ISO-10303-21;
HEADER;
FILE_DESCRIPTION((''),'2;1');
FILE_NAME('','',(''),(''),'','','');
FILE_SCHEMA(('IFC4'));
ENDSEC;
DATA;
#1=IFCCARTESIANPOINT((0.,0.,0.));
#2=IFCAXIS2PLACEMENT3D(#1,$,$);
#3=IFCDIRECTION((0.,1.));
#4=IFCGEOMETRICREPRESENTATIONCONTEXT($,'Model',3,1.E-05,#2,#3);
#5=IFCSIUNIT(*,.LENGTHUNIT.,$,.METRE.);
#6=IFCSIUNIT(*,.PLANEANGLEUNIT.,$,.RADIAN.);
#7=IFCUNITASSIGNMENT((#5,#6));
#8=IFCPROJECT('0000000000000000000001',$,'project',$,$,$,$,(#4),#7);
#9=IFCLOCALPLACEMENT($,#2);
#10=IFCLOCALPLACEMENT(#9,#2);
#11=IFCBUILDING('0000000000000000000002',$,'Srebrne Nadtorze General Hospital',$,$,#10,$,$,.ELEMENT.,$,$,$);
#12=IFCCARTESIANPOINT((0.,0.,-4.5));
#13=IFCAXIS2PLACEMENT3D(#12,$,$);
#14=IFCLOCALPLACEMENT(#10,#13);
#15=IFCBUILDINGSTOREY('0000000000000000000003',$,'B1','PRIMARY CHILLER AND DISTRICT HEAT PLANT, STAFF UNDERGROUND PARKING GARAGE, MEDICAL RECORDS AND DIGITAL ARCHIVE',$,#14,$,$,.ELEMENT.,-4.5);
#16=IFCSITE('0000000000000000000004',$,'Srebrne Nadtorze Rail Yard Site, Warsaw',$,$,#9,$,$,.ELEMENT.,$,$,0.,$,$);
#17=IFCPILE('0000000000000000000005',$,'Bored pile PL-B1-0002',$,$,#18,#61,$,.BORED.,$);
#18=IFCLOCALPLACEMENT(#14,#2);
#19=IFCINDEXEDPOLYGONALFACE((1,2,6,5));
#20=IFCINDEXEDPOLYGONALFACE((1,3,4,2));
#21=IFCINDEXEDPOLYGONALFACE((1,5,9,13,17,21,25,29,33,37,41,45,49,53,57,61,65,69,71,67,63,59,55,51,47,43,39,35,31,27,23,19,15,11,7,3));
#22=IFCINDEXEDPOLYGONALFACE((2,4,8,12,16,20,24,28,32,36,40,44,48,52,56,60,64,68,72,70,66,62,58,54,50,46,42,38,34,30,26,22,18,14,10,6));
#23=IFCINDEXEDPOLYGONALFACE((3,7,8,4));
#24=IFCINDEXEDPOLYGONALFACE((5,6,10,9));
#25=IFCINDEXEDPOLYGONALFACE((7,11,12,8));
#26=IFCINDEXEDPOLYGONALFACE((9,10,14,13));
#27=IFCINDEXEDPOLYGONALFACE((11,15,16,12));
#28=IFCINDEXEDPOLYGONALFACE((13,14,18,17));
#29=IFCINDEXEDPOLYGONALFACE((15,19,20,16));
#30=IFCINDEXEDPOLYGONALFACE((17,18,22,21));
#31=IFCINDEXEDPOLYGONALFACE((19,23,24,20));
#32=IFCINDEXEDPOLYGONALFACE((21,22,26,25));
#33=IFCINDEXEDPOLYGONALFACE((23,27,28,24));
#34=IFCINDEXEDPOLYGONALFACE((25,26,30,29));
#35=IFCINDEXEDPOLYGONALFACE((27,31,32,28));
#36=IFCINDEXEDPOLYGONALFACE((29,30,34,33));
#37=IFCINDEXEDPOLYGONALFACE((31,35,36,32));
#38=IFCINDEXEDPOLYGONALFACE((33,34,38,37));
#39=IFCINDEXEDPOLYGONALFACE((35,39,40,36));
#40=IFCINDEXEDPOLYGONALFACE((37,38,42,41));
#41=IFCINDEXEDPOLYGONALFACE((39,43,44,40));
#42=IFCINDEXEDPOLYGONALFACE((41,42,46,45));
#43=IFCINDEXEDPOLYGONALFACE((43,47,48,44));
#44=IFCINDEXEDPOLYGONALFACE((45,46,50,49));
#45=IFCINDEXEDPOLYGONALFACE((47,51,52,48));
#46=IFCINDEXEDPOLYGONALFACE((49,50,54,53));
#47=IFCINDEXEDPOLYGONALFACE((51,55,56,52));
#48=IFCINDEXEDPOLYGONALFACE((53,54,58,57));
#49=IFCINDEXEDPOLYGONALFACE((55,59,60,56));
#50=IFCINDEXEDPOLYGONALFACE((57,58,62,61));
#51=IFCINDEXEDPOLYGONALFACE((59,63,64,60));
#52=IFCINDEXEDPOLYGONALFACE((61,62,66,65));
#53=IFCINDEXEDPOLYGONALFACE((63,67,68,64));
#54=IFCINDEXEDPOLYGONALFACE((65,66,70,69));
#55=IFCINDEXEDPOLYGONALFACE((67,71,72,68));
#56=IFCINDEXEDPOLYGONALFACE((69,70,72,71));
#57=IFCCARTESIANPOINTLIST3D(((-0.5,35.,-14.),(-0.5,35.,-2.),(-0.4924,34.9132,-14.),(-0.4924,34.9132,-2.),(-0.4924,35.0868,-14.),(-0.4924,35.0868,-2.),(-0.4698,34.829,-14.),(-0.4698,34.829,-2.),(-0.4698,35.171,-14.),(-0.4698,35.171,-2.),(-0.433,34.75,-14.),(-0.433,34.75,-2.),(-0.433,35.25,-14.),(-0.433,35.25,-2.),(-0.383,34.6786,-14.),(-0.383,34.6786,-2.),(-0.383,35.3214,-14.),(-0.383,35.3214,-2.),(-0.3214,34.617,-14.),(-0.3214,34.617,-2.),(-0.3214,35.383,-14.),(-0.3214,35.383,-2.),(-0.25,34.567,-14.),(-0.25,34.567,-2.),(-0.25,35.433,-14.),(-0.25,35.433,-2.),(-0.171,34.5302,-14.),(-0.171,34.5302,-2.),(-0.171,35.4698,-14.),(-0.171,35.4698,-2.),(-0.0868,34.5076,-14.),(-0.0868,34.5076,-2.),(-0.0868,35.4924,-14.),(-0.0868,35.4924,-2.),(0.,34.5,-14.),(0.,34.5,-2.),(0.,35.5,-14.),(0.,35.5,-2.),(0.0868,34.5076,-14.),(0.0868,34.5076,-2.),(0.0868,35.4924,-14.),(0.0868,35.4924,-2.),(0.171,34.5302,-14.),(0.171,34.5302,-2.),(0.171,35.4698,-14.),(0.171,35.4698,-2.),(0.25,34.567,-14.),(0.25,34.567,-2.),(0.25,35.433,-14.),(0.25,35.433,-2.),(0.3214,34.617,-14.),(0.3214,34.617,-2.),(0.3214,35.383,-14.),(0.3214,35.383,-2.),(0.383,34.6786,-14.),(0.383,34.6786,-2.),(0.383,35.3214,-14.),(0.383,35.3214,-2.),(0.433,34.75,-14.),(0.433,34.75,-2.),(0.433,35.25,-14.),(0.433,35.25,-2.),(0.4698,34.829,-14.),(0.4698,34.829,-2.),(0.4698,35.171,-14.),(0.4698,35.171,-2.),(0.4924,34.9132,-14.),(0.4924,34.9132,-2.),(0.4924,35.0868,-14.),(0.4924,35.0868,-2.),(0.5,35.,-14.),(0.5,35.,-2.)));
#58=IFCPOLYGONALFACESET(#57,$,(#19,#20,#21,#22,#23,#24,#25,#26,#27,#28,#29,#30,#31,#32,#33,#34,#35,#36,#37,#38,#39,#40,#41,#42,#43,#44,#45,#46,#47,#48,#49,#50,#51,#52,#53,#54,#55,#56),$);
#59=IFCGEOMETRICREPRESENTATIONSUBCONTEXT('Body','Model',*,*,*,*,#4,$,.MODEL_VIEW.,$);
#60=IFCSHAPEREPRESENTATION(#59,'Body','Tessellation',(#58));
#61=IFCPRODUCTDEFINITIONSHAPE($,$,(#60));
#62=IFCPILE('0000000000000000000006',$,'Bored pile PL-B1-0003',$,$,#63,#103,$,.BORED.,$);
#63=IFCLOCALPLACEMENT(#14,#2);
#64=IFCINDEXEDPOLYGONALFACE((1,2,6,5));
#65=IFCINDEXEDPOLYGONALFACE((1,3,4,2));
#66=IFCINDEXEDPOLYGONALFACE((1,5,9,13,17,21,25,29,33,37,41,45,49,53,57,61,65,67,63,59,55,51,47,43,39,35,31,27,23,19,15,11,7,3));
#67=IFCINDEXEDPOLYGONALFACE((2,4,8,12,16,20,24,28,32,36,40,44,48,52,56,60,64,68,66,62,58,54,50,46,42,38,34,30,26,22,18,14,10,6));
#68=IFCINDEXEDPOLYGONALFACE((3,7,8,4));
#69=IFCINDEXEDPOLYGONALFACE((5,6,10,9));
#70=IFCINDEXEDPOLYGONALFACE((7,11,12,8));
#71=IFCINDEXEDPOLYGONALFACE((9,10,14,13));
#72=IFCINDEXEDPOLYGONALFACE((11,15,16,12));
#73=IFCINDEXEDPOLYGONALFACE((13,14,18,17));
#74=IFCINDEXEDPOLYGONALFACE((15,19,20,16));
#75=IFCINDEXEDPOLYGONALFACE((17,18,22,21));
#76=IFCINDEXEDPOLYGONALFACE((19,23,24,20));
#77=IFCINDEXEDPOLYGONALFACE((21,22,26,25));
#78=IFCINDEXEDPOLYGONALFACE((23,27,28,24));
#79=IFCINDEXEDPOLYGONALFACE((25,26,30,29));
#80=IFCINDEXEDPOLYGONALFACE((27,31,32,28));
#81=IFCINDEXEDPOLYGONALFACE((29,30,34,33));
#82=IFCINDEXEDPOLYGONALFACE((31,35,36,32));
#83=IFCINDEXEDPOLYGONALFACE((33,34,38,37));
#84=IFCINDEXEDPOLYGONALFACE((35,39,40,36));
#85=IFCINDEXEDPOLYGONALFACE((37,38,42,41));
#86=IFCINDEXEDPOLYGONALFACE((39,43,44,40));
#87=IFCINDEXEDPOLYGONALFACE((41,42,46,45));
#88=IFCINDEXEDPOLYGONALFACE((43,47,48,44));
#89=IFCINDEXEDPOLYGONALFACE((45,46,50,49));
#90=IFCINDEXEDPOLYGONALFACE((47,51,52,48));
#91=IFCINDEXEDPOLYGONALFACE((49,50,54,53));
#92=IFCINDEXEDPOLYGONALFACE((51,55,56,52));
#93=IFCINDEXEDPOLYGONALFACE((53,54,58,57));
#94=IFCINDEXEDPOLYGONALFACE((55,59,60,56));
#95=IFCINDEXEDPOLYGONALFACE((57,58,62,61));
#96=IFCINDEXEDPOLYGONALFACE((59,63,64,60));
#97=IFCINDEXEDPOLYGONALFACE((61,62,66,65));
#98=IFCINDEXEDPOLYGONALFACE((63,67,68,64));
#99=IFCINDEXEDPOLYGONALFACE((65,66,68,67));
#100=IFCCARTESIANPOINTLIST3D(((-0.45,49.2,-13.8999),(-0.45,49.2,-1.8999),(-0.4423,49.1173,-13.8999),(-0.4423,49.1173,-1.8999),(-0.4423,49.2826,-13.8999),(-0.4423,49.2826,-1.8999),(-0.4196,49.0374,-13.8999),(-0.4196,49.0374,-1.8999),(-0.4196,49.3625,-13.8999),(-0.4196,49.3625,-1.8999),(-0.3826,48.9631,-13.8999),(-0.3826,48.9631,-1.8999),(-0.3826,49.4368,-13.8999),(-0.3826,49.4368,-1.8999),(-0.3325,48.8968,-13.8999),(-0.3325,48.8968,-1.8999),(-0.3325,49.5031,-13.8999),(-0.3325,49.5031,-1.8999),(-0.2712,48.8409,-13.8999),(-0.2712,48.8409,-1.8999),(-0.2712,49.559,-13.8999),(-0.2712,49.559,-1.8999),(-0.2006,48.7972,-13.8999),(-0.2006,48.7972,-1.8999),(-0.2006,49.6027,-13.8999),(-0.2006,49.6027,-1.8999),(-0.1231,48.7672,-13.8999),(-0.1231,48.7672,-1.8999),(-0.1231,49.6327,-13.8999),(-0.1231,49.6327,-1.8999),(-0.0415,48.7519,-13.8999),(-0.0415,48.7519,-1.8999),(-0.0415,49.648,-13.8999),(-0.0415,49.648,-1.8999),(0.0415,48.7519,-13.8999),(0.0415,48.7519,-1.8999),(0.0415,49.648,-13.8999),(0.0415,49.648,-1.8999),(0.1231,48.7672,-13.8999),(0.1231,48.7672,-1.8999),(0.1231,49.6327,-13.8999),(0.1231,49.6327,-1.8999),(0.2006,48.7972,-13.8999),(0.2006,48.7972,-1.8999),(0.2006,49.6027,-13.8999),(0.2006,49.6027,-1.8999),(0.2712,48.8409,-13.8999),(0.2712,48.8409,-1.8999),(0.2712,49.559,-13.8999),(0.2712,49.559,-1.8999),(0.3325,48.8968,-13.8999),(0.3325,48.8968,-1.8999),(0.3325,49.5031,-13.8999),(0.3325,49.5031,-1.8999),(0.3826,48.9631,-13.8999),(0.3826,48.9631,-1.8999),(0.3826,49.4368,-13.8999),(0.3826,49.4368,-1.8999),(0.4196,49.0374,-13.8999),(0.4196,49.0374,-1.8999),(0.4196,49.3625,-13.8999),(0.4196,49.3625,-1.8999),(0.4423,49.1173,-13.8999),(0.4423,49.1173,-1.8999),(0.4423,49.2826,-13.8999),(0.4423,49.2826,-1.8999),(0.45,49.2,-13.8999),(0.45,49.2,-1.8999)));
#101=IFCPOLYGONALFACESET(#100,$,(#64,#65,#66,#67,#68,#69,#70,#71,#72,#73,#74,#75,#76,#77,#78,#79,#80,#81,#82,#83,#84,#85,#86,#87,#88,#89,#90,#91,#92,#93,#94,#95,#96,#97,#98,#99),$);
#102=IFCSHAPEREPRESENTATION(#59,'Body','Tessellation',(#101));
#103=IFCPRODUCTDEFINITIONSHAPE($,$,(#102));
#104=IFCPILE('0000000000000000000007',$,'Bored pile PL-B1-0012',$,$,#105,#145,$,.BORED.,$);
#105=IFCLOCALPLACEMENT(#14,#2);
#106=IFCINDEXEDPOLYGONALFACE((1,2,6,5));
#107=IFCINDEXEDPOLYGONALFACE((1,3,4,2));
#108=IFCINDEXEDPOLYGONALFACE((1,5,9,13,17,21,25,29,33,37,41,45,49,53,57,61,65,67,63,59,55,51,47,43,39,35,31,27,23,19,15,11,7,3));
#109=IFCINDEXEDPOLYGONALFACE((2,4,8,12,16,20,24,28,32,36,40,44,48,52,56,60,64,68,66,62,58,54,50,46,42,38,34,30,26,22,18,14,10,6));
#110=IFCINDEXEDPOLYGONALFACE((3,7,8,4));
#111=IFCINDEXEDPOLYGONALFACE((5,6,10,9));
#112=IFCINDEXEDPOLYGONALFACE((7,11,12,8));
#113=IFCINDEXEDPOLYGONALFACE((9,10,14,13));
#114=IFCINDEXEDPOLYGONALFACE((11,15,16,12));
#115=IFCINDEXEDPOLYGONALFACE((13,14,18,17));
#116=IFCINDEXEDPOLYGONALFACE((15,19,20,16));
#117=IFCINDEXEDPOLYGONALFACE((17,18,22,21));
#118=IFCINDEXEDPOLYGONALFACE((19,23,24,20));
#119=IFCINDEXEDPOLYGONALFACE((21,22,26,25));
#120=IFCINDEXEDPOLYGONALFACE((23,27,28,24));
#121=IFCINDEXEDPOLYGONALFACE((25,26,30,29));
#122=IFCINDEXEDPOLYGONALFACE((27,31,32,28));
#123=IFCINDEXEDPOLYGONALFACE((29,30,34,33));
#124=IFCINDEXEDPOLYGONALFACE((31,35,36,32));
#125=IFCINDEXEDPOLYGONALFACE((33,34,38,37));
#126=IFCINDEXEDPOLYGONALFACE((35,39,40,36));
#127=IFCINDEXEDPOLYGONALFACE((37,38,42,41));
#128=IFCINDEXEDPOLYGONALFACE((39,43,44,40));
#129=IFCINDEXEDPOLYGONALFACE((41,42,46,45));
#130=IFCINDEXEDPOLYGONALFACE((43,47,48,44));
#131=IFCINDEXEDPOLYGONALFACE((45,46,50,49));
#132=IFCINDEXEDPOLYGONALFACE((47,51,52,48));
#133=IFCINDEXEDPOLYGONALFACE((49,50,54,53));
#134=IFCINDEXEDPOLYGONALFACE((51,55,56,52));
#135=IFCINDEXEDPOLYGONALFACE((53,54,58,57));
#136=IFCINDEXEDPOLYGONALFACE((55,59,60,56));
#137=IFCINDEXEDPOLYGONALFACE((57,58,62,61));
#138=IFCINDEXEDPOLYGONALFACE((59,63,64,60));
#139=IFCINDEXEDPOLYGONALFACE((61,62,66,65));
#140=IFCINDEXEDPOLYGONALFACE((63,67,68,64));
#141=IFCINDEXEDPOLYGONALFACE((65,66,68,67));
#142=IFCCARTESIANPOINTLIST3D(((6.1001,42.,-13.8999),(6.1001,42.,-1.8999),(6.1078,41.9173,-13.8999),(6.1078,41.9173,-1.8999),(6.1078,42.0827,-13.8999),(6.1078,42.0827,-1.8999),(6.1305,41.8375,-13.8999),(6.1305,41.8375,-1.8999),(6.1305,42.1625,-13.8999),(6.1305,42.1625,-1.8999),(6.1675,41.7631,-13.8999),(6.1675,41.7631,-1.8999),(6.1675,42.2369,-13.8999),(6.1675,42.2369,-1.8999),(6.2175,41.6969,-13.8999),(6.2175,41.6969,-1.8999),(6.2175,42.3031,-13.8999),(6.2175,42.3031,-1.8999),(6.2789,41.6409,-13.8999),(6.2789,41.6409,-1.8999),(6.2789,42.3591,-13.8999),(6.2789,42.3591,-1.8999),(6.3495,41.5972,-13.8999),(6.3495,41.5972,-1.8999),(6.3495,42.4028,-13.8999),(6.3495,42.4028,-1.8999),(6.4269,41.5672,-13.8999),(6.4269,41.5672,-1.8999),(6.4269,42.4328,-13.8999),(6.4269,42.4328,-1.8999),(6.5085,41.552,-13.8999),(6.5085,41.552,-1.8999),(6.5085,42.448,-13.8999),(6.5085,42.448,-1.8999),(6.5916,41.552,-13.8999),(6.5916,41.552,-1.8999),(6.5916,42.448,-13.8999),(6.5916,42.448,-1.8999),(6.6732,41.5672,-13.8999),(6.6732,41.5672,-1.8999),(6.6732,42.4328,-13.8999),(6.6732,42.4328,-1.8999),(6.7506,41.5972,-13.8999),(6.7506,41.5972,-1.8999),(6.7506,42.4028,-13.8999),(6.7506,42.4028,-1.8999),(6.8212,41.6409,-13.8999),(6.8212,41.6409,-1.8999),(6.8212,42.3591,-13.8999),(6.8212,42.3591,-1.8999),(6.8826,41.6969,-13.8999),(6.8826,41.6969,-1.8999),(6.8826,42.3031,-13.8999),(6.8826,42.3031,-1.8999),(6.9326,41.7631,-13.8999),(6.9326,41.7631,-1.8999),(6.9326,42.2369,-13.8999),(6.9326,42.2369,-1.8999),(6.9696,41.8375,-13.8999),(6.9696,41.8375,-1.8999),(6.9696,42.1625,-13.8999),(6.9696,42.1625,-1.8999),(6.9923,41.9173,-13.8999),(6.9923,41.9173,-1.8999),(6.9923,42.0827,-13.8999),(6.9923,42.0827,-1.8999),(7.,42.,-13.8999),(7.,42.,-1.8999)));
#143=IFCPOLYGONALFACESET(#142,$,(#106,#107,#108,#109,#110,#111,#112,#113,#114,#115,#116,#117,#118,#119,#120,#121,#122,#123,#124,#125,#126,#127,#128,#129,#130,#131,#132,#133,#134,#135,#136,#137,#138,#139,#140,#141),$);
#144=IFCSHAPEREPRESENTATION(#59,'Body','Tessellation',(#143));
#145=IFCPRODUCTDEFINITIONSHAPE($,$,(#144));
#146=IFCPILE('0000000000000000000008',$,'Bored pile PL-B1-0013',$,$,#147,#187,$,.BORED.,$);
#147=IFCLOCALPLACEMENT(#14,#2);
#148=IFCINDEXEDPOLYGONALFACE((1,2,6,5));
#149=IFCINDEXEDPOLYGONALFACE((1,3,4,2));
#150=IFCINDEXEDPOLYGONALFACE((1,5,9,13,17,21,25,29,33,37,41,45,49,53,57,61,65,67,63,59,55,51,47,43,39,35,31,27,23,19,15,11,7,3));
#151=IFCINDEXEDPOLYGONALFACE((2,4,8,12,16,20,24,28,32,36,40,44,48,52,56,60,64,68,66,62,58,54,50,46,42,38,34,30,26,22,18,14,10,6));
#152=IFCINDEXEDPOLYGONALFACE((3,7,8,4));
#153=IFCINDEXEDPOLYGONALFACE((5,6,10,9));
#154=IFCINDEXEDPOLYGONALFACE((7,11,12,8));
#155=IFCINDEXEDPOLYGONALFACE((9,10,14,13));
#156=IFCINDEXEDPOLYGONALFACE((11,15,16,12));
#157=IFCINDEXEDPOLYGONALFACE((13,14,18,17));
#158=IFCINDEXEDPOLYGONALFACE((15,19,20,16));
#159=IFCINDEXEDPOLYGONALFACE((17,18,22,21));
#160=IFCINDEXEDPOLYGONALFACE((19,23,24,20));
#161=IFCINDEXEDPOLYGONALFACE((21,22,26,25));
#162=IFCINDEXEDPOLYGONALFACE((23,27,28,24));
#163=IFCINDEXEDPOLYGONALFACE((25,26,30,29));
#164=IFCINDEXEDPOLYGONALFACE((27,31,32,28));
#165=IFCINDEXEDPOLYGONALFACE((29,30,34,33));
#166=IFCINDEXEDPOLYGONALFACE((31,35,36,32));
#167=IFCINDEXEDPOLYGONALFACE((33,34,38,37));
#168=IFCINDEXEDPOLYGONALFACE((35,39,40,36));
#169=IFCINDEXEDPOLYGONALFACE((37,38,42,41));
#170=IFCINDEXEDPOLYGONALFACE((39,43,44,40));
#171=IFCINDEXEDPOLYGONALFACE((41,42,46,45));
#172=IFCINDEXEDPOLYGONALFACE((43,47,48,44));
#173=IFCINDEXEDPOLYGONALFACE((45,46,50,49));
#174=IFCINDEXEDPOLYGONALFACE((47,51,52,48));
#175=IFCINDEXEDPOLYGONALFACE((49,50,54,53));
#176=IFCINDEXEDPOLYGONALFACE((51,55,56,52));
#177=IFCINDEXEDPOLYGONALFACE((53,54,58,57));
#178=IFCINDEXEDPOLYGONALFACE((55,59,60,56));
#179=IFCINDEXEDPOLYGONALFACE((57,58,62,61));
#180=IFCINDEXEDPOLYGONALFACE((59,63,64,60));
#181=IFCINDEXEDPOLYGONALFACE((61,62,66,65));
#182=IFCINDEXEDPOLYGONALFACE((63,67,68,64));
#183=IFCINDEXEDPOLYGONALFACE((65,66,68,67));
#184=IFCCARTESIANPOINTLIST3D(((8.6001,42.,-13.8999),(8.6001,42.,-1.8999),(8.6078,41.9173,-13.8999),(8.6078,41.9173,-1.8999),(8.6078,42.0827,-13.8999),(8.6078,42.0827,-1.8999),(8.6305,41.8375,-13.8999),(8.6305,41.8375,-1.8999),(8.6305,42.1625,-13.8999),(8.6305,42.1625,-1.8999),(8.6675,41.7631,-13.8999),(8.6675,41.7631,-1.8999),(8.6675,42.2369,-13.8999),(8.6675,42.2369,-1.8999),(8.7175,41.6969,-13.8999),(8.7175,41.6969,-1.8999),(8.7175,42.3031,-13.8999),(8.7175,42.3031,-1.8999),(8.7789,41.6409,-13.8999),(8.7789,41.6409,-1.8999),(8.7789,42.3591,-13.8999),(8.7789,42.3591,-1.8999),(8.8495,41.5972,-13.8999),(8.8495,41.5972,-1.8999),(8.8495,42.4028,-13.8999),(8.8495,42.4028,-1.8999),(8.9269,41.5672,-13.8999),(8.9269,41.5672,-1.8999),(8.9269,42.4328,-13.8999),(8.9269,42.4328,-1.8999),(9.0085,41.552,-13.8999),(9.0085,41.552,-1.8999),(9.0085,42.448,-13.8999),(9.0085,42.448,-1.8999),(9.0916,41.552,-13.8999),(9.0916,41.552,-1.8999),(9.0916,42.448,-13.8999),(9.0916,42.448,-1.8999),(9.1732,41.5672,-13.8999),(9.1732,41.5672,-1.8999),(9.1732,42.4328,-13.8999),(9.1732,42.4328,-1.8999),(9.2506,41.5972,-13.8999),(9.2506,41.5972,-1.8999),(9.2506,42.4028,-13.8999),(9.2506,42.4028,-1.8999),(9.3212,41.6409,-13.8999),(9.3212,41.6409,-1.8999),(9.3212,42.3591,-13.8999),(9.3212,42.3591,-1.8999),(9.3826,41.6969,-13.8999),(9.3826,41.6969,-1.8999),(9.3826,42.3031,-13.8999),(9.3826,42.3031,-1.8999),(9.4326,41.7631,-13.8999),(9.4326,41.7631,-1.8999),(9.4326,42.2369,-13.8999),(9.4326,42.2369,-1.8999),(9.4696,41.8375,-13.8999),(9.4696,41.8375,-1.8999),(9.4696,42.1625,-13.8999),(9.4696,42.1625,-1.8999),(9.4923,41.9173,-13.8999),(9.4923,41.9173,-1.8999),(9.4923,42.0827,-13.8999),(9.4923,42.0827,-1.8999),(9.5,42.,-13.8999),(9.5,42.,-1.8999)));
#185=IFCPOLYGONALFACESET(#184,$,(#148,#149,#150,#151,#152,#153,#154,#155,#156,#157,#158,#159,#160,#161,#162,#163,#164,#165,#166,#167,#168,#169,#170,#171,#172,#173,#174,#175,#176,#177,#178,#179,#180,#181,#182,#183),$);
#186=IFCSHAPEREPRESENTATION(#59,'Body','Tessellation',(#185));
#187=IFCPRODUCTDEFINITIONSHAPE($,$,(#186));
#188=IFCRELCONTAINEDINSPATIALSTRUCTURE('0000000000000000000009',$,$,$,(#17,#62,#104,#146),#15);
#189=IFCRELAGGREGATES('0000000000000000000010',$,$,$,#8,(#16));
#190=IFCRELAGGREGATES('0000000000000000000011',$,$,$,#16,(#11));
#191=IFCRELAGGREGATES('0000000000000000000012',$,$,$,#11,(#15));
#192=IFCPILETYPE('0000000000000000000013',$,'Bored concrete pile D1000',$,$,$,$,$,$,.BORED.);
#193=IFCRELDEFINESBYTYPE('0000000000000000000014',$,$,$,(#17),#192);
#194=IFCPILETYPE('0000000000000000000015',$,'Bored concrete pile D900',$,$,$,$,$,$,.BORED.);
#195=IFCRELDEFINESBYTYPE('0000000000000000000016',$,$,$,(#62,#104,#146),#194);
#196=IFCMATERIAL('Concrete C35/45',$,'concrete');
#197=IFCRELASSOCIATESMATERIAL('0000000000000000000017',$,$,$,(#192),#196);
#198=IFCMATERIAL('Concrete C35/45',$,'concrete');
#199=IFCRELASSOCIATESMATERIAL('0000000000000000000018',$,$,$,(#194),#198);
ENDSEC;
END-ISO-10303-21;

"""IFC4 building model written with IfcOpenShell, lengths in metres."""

from ifc_helpers import new_model, si_unit, direction, frame, origin, origin_2d, place, context, subcontext, project, spatial, circle, extrude, material, material_profile, profile_set, type_object, element, save


model = new_model("IFC4")

# Units and contexts
model_context = context("Model", 3, precision=1e-05, world=origin(), true_north=direction((0.0, 1.0)))
body_context = subcontext(model_context, "Body", "Model", "MODEL_VIEW")
ifc_project = project(units=[si_unit("LENGTHUNIT", "METRE"), si_unit("PLANEANGLEUNIT", "RADIAN")], contexts=[model_context])

# Site, building, storey
site_placement = place(None, origin())
site = spatial("IfcSite", under=ifc_project, at=site_placement, Name="Srebrne Nadtorze Rail Yard Site, Warsaw", CompositionType="ELEMENT", RefElevation=0.0)
building_placement = place(site_placement, origin())
building = spatial("IfcBuilding", under=site, at=building_placement, Name="Srebrne Nadtorze General Hospital", CompositionType="ELEMENT")
storey_placement = place(building_placement, frame((0.0, 0.0, -4.5)))
storey = spatial("IfcBuildingStorey", under=building, at=storey_placement, Name="B1", Description="PRIMARY CHILLER AND DISTRICT HEAT PLANT, STAFF UNDERGROUND PARKING GARAGE, MEDICAL RECORDS AND DIGITAL ARCHIVE", CompositionType="ELEMENT", Elevation=-4.5)

# Piles
ifc_material_1 = material(Name="Concrete C35/45", Category="concrete")
ifc_material_profile_1 = material_profile(ifc_material_1, circle(Radius=0.5, at=origin_2d()), Name="PILE-D1000")
ifc_profile_set_1 = profile_set([ifc_material_profile_1], Name="Concrete C35/45")
pile_type_1 = type_object("IfcPileType", Name="Bored concrete pile D1000", PredefinedType="BORED", material=ifc_profile_set_1)
pile_placement = place(storey_placement, frame((0.0, 35.0, -2.0), z_axis=(0.0, 0.0, -1.0), x_axis=(1.0, 0.0, 0.0)))
element("IfcPile", 1, at=pile_placement, inside=storey, type_object=pile_type_1, Name="Bored pile PL-B1-0002", PredefinedType="BORED", context=body_context, shape_type="SweptSolid", body=[
    extrude(circle(Radius=0.5, at=origin_2d()), origin(), (0.0, 0.0, 1.0), 12.0),
])
ifc_material_2 = material(Name="Concrete C35/45", Category="concrete")
ifc_material_profile_2 = material_profile(ifc_material_2, circle(Radius=0.45, at=origin_2d()), Name="PILE-D900")
ifc_profile_set_2 = profile_set([ifc_material_profile_2], Name="Concrete C35/45")
pile_type_2 = type_object("IfcPileType", Name="Bored concrete pile D900", PredefinedType="BORED", material=ifc_profile_set_2)
for number, where, z_axis, x_axis, name in (
    (2, (0.0, 49.2, -1.8999), (0.0, 0.0, -1.0), (1.0, 0.0, 0.0), "Bored pile PL-B1-0003"),
    (3, (6.55, 42.0, -1.8999), (0.0, 0.0, -1.0), (1.0, 0.0, 0.0), "Bored pile PL-B1-0012"),
    (4, (9.05, 42.0, -1.8999), (0.0, 0.0, -1.0), (1.0, 0.0, 0.0), "Bored pile PL-B1-0013"),
):
    element("IfcPile", number, at=place(storey_placement, frame(where, z_axis=z_axis, x_axis=x_axis)), inside=storey, type_object=pile_type_2, Name=name, PredefinedType="BORED", context=body_context, shape_type="SweptSolid", body=[
        extrude(circle(Radius=0.45, at=origin_2d()), origin(), (0.0, 0.0, 1.0), 12.0),
    ])

save(model, "model.ifc")
